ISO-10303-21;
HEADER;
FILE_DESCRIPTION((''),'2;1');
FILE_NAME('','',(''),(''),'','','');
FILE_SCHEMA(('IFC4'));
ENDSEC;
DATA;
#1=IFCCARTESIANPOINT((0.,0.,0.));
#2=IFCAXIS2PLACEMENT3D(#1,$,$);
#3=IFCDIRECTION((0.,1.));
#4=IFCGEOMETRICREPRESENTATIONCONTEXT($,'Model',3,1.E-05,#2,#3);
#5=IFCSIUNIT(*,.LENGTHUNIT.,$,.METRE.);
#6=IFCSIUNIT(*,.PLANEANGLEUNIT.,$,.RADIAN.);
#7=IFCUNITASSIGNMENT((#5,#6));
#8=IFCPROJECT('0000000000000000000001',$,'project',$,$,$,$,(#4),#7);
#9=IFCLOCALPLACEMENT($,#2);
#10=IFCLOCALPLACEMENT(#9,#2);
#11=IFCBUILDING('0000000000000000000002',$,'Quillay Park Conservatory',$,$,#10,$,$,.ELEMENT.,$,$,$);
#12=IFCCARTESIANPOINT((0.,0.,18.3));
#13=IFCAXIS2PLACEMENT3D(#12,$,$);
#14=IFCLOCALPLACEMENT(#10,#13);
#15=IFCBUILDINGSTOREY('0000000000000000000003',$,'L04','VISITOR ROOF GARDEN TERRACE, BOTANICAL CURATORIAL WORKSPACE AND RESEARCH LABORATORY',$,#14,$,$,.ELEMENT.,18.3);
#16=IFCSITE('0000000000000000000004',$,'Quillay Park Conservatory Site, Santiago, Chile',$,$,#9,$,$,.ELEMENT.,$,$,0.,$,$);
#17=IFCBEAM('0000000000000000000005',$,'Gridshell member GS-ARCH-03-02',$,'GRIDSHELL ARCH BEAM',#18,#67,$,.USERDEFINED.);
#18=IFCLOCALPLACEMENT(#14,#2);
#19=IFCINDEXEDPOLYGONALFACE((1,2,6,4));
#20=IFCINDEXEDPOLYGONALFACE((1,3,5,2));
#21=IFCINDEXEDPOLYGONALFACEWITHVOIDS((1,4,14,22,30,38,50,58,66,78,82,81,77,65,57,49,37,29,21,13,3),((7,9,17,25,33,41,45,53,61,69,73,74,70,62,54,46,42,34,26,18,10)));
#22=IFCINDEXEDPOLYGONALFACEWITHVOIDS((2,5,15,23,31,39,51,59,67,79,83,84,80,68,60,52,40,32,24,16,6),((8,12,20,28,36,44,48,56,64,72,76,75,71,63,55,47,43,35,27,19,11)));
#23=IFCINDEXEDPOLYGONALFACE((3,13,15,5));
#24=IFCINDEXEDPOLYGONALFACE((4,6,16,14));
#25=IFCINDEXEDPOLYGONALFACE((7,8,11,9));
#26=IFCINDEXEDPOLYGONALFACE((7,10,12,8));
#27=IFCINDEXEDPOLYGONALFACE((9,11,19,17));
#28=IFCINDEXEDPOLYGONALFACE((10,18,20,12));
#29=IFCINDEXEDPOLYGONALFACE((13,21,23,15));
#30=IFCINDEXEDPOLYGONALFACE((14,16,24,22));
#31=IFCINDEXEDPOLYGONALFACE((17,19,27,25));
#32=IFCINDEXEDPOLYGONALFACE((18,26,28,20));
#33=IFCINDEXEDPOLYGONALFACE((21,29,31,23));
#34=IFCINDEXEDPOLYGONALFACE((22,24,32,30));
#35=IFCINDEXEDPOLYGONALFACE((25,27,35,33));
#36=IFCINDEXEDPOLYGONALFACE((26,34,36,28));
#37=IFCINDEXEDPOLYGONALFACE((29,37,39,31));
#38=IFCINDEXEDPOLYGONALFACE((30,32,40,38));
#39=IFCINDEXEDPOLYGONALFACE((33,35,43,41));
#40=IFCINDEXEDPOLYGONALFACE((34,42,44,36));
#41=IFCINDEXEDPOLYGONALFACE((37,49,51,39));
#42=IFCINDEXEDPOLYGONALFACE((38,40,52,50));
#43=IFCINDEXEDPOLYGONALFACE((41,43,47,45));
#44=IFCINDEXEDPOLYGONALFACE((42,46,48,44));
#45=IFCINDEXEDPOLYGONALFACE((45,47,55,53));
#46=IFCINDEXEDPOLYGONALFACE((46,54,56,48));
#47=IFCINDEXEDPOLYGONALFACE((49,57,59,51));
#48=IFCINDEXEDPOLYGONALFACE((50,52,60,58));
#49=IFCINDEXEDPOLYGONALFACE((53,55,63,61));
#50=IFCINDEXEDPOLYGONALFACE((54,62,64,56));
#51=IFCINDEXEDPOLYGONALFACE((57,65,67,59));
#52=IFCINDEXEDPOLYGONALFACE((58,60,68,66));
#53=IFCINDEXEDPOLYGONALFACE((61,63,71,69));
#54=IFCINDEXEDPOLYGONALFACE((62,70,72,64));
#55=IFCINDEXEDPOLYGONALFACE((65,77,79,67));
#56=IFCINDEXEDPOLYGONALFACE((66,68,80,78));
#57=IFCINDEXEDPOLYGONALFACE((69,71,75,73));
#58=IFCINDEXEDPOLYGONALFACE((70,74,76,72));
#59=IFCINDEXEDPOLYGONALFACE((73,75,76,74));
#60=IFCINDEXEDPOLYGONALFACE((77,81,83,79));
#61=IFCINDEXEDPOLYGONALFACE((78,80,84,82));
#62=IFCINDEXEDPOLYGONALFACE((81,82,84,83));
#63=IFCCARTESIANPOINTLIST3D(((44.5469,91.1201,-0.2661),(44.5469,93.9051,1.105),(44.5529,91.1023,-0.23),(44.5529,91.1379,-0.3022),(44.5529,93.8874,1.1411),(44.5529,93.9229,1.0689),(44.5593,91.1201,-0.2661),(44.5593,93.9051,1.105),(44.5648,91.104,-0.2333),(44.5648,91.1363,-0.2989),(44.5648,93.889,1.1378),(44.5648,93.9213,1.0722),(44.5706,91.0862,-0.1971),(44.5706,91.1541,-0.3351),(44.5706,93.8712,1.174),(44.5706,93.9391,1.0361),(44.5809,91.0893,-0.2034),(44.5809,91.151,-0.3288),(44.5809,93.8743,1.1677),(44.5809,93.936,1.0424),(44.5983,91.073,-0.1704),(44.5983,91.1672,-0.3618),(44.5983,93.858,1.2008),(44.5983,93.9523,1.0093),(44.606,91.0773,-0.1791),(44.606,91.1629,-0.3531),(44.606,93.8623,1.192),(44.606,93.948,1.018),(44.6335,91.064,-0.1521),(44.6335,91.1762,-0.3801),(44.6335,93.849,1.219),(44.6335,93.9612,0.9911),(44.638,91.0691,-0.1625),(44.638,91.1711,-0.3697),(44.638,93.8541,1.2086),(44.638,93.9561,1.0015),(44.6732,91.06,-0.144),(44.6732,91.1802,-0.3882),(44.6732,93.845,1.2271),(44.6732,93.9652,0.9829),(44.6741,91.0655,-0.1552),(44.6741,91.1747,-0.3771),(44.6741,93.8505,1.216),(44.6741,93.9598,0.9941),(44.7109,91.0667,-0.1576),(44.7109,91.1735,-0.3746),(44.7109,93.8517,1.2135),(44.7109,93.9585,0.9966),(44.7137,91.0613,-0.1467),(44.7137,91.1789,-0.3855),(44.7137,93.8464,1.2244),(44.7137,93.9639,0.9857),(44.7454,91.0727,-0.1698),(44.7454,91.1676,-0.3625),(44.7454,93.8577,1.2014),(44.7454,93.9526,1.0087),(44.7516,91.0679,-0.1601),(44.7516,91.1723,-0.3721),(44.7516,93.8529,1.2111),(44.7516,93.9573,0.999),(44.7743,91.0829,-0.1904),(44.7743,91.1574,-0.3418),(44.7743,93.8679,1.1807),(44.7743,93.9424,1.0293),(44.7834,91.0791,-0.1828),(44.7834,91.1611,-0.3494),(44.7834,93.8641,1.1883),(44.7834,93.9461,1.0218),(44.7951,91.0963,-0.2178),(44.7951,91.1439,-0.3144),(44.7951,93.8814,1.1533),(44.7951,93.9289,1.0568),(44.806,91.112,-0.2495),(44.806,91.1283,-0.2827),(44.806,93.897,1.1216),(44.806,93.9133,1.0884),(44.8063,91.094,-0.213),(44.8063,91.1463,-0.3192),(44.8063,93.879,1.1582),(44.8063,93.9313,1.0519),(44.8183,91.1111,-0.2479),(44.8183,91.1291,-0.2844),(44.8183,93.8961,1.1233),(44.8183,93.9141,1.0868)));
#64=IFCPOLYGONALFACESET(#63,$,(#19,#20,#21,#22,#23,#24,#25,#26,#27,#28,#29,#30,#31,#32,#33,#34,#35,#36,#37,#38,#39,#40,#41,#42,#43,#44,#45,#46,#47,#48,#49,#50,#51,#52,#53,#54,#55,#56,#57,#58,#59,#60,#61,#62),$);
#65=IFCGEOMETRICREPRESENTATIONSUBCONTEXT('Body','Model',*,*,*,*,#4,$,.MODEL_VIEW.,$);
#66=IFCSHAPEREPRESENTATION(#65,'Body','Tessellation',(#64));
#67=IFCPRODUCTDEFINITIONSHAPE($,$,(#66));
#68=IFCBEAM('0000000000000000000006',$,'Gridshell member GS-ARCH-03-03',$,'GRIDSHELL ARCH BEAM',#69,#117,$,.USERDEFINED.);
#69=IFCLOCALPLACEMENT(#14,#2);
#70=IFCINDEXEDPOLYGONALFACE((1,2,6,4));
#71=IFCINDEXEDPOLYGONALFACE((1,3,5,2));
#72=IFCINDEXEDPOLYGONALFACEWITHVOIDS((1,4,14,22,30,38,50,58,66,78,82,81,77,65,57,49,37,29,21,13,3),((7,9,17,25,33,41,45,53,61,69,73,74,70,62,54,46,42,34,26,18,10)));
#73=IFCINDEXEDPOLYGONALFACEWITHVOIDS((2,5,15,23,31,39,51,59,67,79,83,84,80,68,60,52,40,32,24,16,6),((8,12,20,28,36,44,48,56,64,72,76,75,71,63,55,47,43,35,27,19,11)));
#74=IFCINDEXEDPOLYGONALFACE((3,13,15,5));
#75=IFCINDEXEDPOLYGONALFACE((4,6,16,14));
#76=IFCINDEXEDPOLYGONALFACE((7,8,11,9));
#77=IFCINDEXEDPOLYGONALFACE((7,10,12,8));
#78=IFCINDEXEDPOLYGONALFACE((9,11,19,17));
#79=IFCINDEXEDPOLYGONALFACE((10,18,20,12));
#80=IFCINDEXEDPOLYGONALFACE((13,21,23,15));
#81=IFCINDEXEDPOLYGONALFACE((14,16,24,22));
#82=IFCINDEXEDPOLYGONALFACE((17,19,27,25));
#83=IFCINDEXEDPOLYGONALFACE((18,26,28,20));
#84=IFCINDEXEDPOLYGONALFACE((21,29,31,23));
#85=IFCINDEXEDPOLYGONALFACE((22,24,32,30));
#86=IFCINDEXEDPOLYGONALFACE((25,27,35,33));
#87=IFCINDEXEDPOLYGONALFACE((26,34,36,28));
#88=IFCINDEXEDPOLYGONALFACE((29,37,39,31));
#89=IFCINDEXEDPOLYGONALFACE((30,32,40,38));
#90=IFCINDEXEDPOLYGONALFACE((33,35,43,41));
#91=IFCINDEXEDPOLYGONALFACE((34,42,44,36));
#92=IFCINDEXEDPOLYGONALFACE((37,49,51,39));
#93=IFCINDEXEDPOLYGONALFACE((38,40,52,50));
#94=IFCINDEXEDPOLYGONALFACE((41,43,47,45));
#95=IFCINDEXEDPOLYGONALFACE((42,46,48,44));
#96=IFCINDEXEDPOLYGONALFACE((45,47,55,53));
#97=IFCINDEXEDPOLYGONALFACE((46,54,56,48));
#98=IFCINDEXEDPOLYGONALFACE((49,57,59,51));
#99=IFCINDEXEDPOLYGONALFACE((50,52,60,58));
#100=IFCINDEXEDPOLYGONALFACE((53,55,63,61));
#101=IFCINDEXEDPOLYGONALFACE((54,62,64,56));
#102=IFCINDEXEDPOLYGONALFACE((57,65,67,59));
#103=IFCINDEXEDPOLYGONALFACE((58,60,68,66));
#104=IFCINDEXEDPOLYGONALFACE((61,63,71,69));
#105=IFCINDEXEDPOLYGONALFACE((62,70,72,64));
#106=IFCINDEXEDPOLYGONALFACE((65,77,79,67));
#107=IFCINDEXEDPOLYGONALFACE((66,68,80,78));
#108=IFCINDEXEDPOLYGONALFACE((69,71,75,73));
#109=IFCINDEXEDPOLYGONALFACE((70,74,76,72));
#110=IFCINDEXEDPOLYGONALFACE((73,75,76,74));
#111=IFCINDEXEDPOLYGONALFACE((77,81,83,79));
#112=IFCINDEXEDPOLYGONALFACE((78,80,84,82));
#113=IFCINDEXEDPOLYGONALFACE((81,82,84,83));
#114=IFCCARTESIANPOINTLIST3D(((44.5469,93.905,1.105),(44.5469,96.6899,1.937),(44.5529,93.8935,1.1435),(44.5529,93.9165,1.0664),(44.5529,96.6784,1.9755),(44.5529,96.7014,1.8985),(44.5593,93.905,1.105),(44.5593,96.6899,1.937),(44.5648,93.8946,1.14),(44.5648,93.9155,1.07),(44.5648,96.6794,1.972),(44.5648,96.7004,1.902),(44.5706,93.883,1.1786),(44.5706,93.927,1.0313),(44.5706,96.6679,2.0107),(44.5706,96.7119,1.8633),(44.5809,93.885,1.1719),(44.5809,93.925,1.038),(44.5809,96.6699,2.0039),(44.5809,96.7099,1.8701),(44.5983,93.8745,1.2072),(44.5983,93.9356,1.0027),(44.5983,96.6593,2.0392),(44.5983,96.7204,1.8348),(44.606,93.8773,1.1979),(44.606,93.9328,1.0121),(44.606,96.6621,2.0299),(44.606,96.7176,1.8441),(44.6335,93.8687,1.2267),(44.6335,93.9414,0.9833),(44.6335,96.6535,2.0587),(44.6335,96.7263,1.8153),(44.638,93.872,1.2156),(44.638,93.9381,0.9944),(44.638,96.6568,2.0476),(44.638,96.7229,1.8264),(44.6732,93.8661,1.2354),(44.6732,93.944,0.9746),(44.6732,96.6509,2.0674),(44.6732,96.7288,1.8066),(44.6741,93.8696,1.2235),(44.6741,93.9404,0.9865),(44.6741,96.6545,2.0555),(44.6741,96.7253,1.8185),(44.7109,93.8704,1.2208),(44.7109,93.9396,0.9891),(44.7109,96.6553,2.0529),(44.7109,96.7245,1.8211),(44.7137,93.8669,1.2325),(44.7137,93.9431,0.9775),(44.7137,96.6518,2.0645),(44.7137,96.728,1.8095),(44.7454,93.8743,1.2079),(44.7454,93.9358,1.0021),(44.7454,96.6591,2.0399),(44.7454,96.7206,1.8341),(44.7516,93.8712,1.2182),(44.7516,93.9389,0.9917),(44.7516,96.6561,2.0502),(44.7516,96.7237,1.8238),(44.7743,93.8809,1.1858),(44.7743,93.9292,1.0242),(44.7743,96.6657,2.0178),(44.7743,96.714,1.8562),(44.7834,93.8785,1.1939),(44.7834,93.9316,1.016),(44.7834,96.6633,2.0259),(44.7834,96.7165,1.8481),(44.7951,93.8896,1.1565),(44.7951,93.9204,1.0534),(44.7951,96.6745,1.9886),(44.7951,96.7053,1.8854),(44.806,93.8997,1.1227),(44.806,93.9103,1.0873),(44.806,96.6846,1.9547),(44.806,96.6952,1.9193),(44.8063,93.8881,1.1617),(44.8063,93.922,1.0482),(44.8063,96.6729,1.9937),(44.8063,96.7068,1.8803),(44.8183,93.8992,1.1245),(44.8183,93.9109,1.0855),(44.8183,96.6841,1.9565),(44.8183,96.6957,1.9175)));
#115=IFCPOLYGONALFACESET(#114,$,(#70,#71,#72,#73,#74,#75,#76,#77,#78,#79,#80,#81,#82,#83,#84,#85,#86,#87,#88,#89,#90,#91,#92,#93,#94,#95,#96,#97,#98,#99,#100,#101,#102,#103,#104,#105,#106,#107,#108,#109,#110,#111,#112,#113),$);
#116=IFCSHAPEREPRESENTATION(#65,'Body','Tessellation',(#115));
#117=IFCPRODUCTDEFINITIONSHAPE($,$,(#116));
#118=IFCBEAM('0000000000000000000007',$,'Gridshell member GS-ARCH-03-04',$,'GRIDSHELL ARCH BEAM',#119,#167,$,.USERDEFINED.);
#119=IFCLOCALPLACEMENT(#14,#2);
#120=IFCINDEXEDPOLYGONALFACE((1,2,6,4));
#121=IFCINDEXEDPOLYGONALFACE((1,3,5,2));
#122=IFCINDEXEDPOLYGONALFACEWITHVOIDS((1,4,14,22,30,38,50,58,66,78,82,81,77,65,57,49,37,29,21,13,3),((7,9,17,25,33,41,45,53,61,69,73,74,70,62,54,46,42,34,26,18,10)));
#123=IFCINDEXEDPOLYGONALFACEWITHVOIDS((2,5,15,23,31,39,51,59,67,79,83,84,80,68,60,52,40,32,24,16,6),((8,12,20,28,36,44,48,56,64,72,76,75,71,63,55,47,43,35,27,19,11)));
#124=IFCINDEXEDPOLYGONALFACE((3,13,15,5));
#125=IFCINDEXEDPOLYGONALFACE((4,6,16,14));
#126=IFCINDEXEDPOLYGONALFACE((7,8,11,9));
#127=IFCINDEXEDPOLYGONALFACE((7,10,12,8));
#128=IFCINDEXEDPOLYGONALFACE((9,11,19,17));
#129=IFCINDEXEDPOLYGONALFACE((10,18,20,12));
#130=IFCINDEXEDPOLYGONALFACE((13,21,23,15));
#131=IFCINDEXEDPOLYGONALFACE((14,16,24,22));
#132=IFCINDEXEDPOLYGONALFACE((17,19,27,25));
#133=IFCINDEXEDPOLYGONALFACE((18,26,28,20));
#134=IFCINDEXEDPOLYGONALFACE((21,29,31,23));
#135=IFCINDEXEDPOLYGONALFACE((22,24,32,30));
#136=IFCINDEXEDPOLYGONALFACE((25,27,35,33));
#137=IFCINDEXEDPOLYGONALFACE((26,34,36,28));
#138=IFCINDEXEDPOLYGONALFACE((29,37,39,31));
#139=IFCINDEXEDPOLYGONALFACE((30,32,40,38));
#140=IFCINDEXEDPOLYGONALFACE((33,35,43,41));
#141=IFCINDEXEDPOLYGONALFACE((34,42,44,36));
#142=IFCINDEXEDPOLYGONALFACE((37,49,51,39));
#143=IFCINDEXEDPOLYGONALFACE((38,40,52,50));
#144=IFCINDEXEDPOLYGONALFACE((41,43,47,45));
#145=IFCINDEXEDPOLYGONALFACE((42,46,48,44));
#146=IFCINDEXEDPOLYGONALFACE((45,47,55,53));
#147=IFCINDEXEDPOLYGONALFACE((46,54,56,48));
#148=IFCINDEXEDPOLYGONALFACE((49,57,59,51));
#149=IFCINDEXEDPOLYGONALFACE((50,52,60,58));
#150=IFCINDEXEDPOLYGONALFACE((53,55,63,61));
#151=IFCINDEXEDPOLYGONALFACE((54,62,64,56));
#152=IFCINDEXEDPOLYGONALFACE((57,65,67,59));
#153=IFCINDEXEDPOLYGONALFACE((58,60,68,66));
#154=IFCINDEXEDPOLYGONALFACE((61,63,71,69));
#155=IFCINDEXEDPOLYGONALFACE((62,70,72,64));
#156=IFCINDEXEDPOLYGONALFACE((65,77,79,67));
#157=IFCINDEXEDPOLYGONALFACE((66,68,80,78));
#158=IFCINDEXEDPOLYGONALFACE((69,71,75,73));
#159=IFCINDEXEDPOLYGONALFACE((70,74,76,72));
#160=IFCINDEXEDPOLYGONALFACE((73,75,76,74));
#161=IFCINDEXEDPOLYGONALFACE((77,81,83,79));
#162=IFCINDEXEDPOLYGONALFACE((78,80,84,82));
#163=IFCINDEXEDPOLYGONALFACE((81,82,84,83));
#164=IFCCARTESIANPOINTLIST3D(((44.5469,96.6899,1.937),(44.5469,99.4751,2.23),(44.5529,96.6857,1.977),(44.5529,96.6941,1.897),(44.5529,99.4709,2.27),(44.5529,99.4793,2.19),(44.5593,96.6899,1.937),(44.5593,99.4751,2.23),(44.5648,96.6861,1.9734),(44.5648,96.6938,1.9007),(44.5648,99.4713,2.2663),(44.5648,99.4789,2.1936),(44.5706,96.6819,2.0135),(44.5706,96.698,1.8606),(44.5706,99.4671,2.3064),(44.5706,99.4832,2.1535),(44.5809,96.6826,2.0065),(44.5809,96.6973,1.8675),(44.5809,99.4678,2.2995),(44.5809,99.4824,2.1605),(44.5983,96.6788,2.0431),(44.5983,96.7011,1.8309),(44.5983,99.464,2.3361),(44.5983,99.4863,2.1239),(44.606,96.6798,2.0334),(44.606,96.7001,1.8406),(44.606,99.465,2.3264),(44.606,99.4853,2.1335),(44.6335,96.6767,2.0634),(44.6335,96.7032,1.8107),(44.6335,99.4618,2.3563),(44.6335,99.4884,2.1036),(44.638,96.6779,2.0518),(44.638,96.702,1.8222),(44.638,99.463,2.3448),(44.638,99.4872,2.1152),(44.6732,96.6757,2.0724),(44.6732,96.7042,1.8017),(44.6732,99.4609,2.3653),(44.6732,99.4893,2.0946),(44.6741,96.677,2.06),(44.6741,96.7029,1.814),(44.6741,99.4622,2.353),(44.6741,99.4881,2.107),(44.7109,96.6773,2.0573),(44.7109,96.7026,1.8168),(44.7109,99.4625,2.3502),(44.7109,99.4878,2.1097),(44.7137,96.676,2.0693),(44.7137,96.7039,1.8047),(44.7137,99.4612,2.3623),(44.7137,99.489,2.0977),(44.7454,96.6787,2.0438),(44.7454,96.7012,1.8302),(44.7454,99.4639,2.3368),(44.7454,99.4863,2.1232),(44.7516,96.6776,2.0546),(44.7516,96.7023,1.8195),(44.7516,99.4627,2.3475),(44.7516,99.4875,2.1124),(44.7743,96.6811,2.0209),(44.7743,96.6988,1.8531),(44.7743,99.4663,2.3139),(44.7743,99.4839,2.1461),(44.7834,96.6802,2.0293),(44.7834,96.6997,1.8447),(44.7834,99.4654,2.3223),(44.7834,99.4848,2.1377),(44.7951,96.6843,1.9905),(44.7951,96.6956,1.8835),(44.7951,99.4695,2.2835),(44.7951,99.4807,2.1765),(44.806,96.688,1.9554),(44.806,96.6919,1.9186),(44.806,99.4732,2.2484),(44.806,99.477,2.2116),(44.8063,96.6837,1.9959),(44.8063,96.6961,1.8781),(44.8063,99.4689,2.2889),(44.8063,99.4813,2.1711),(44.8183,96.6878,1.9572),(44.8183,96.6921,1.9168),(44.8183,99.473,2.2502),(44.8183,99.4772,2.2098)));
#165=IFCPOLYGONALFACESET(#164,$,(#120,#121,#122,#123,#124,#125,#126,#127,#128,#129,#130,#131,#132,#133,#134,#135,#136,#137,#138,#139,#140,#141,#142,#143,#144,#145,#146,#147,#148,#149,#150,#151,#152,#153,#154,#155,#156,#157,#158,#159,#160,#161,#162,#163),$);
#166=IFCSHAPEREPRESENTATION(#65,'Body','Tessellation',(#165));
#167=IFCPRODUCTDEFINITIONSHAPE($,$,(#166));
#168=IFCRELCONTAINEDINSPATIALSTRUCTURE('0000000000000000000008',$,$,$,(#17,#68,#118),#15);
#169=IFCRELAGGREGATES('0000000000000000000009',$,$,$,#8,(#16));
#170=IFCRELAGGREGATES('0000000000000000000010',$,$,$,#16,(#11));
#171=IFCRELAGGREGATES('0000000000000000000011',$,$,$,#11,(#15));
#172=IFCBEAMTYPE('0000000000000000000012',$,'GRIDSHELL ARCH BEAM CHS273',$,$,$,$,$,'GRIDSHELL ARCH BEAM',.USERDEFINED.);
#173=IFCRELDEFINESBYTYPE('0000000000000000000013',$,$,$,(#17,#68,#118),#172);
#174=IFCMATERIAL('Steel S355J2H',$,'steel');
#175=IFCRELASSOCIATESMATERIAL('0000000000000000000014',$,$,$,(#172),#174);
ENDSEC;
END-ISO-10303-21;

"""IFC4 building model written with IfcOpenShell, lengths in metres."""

from ifc_helpers import new_model, si_unit, direction, frame, origin, origin_2d, place, context, subcontext, project, spatial, hollow_circle, extrude, material, material_profile, profile_set, type_object, element, save


model = new_model("IFC4")

# Units and contexts
model_context = context("Model", 3, precision=1e-05, world=origin(), true_north=direction((0.0, 1.0)))
body_context = subcontext(model_context, "Body", "Model", "MODEL_VIEW")
ifc_project = project(units=[si_unit("LENGTHUNIT", "METRE"), si_unit("PLANEANGLEUNIT", "RADIAN")], contexts=[model_context])

# Site, building, storey
site_placement = place(None, origin())
site = spatial("IfcSite", under=ifc_project, at=site_placement, Name="Quillay Park Conservatory Site, Santiago, Chile", CompositionType="ELEMENT", RefElevation=0.0)
building_placement = place(site_placement, origin())
building = spatial("IfcBuilding", under=site, at=building_placement, Name="Quillay Park Conservatory", CompositionType="ELEMENT")
storey_placement = place(building_placement, frame((0.0, 0.0, 18.3)))
storey = spatial("IfcBuildingStorey", under=building, at=storey_placement, Name="L04", Description="VISITOR ROOF GARDEN TERRACE, BOTANICAL CURATORIAL WORKSPACE AND RESEARCH LABORATORY", CompositionType="ELEMENT", Elevation=18.3)

# Beams
ifc_material_1 = material(Name="Steel S355J2H", Category="steel")
ifc_material_profile_1 = material_profile(ifc_material_1, hollow_circle(Radius=0.1365, WallThickness=0.0125, at=origin_2d()), Name="CHS273x12.5")
ifc_profile_set_1 = profile_set([ifc_material_profile_1], Name="Steel S355J2H")
beam_type = type_object("IfcBeamType", Name="GRIDSHELL ARCH BEAM CHS273", ElementType="GRIDSHELL ARCH BEAM", PredefinedType="USERDEFINED", material=ifc_profile_set_1)
beam_1_placement = place(storey_placement, frame((44.6833, 91.1201, -0.2661), z_axis=(0.0, 0.897163, 0.4417), x_axis=(-1.0, 0.0, 0.0)))
element("IfcBeam", 1, at=beam_1_placement, inside=storey, type_object=beam_type, Name="Gridshell member GS-ARCH-03-02", ObjectType="GRIDSHELL ARCH BEAM", PredefinedType="USERDEFINED", context=body_context, shape_type="SweptSolid", body=[
    extrude(hollow_circle(Radius=0.1365, WallThickness=0.0125, at=origin_2d()), origin(), (0.0, 0.0, 1.0), 3.1042),
])
beam_2_placement = place(storey_placement, frame((44.6833, 93.905, 1.105), z_axis=(0.0, 0.958152, 0.286261), x_axis=(-1.0, 0.0, 0.0)))
element("IfcBeam", 2, at=beam_2_placement, inside=storey, type_object=beam_type, Name="Gridshell member GS-ARCH-03-03", ObjectType="GRIDSHELL ARCH BEAM", PredefinedType="USERDEFINED", context=body_context, shape_type="SweptSolid", body=[
    extrude(hollow_circle(Radius=0.1365, WallThickness=0.0125, at=origin_2d()), origin(), (0.0, 0.0, 1.0), 2.9065),
])
beam_3_placement = place(storey_placement, frame((44.6833, 96.6899, 1.937), z_axis=(0.0, 0.994513, 0.104612), x_axis=(-1.0, 0.0, 0.0)))
element("IfcBeam", 3, at=beam_3_placement, inside=storey, type_object=beam_type, Name="Gridshell member GS-ARCH-03-04", ObjectType="GRIDSHELL ARCH BEAM", PredefinedType="USERDEFINED", context=body_context, shape_type="SweptSolid", body=[
    extrude(hollow_circle(Radius=0.1365, WallThickness=0.0125, at=origin_2d()), origin(), (0.0, 0.0, 1.0), 2.8005),
])

save(model, "model.ifc")
